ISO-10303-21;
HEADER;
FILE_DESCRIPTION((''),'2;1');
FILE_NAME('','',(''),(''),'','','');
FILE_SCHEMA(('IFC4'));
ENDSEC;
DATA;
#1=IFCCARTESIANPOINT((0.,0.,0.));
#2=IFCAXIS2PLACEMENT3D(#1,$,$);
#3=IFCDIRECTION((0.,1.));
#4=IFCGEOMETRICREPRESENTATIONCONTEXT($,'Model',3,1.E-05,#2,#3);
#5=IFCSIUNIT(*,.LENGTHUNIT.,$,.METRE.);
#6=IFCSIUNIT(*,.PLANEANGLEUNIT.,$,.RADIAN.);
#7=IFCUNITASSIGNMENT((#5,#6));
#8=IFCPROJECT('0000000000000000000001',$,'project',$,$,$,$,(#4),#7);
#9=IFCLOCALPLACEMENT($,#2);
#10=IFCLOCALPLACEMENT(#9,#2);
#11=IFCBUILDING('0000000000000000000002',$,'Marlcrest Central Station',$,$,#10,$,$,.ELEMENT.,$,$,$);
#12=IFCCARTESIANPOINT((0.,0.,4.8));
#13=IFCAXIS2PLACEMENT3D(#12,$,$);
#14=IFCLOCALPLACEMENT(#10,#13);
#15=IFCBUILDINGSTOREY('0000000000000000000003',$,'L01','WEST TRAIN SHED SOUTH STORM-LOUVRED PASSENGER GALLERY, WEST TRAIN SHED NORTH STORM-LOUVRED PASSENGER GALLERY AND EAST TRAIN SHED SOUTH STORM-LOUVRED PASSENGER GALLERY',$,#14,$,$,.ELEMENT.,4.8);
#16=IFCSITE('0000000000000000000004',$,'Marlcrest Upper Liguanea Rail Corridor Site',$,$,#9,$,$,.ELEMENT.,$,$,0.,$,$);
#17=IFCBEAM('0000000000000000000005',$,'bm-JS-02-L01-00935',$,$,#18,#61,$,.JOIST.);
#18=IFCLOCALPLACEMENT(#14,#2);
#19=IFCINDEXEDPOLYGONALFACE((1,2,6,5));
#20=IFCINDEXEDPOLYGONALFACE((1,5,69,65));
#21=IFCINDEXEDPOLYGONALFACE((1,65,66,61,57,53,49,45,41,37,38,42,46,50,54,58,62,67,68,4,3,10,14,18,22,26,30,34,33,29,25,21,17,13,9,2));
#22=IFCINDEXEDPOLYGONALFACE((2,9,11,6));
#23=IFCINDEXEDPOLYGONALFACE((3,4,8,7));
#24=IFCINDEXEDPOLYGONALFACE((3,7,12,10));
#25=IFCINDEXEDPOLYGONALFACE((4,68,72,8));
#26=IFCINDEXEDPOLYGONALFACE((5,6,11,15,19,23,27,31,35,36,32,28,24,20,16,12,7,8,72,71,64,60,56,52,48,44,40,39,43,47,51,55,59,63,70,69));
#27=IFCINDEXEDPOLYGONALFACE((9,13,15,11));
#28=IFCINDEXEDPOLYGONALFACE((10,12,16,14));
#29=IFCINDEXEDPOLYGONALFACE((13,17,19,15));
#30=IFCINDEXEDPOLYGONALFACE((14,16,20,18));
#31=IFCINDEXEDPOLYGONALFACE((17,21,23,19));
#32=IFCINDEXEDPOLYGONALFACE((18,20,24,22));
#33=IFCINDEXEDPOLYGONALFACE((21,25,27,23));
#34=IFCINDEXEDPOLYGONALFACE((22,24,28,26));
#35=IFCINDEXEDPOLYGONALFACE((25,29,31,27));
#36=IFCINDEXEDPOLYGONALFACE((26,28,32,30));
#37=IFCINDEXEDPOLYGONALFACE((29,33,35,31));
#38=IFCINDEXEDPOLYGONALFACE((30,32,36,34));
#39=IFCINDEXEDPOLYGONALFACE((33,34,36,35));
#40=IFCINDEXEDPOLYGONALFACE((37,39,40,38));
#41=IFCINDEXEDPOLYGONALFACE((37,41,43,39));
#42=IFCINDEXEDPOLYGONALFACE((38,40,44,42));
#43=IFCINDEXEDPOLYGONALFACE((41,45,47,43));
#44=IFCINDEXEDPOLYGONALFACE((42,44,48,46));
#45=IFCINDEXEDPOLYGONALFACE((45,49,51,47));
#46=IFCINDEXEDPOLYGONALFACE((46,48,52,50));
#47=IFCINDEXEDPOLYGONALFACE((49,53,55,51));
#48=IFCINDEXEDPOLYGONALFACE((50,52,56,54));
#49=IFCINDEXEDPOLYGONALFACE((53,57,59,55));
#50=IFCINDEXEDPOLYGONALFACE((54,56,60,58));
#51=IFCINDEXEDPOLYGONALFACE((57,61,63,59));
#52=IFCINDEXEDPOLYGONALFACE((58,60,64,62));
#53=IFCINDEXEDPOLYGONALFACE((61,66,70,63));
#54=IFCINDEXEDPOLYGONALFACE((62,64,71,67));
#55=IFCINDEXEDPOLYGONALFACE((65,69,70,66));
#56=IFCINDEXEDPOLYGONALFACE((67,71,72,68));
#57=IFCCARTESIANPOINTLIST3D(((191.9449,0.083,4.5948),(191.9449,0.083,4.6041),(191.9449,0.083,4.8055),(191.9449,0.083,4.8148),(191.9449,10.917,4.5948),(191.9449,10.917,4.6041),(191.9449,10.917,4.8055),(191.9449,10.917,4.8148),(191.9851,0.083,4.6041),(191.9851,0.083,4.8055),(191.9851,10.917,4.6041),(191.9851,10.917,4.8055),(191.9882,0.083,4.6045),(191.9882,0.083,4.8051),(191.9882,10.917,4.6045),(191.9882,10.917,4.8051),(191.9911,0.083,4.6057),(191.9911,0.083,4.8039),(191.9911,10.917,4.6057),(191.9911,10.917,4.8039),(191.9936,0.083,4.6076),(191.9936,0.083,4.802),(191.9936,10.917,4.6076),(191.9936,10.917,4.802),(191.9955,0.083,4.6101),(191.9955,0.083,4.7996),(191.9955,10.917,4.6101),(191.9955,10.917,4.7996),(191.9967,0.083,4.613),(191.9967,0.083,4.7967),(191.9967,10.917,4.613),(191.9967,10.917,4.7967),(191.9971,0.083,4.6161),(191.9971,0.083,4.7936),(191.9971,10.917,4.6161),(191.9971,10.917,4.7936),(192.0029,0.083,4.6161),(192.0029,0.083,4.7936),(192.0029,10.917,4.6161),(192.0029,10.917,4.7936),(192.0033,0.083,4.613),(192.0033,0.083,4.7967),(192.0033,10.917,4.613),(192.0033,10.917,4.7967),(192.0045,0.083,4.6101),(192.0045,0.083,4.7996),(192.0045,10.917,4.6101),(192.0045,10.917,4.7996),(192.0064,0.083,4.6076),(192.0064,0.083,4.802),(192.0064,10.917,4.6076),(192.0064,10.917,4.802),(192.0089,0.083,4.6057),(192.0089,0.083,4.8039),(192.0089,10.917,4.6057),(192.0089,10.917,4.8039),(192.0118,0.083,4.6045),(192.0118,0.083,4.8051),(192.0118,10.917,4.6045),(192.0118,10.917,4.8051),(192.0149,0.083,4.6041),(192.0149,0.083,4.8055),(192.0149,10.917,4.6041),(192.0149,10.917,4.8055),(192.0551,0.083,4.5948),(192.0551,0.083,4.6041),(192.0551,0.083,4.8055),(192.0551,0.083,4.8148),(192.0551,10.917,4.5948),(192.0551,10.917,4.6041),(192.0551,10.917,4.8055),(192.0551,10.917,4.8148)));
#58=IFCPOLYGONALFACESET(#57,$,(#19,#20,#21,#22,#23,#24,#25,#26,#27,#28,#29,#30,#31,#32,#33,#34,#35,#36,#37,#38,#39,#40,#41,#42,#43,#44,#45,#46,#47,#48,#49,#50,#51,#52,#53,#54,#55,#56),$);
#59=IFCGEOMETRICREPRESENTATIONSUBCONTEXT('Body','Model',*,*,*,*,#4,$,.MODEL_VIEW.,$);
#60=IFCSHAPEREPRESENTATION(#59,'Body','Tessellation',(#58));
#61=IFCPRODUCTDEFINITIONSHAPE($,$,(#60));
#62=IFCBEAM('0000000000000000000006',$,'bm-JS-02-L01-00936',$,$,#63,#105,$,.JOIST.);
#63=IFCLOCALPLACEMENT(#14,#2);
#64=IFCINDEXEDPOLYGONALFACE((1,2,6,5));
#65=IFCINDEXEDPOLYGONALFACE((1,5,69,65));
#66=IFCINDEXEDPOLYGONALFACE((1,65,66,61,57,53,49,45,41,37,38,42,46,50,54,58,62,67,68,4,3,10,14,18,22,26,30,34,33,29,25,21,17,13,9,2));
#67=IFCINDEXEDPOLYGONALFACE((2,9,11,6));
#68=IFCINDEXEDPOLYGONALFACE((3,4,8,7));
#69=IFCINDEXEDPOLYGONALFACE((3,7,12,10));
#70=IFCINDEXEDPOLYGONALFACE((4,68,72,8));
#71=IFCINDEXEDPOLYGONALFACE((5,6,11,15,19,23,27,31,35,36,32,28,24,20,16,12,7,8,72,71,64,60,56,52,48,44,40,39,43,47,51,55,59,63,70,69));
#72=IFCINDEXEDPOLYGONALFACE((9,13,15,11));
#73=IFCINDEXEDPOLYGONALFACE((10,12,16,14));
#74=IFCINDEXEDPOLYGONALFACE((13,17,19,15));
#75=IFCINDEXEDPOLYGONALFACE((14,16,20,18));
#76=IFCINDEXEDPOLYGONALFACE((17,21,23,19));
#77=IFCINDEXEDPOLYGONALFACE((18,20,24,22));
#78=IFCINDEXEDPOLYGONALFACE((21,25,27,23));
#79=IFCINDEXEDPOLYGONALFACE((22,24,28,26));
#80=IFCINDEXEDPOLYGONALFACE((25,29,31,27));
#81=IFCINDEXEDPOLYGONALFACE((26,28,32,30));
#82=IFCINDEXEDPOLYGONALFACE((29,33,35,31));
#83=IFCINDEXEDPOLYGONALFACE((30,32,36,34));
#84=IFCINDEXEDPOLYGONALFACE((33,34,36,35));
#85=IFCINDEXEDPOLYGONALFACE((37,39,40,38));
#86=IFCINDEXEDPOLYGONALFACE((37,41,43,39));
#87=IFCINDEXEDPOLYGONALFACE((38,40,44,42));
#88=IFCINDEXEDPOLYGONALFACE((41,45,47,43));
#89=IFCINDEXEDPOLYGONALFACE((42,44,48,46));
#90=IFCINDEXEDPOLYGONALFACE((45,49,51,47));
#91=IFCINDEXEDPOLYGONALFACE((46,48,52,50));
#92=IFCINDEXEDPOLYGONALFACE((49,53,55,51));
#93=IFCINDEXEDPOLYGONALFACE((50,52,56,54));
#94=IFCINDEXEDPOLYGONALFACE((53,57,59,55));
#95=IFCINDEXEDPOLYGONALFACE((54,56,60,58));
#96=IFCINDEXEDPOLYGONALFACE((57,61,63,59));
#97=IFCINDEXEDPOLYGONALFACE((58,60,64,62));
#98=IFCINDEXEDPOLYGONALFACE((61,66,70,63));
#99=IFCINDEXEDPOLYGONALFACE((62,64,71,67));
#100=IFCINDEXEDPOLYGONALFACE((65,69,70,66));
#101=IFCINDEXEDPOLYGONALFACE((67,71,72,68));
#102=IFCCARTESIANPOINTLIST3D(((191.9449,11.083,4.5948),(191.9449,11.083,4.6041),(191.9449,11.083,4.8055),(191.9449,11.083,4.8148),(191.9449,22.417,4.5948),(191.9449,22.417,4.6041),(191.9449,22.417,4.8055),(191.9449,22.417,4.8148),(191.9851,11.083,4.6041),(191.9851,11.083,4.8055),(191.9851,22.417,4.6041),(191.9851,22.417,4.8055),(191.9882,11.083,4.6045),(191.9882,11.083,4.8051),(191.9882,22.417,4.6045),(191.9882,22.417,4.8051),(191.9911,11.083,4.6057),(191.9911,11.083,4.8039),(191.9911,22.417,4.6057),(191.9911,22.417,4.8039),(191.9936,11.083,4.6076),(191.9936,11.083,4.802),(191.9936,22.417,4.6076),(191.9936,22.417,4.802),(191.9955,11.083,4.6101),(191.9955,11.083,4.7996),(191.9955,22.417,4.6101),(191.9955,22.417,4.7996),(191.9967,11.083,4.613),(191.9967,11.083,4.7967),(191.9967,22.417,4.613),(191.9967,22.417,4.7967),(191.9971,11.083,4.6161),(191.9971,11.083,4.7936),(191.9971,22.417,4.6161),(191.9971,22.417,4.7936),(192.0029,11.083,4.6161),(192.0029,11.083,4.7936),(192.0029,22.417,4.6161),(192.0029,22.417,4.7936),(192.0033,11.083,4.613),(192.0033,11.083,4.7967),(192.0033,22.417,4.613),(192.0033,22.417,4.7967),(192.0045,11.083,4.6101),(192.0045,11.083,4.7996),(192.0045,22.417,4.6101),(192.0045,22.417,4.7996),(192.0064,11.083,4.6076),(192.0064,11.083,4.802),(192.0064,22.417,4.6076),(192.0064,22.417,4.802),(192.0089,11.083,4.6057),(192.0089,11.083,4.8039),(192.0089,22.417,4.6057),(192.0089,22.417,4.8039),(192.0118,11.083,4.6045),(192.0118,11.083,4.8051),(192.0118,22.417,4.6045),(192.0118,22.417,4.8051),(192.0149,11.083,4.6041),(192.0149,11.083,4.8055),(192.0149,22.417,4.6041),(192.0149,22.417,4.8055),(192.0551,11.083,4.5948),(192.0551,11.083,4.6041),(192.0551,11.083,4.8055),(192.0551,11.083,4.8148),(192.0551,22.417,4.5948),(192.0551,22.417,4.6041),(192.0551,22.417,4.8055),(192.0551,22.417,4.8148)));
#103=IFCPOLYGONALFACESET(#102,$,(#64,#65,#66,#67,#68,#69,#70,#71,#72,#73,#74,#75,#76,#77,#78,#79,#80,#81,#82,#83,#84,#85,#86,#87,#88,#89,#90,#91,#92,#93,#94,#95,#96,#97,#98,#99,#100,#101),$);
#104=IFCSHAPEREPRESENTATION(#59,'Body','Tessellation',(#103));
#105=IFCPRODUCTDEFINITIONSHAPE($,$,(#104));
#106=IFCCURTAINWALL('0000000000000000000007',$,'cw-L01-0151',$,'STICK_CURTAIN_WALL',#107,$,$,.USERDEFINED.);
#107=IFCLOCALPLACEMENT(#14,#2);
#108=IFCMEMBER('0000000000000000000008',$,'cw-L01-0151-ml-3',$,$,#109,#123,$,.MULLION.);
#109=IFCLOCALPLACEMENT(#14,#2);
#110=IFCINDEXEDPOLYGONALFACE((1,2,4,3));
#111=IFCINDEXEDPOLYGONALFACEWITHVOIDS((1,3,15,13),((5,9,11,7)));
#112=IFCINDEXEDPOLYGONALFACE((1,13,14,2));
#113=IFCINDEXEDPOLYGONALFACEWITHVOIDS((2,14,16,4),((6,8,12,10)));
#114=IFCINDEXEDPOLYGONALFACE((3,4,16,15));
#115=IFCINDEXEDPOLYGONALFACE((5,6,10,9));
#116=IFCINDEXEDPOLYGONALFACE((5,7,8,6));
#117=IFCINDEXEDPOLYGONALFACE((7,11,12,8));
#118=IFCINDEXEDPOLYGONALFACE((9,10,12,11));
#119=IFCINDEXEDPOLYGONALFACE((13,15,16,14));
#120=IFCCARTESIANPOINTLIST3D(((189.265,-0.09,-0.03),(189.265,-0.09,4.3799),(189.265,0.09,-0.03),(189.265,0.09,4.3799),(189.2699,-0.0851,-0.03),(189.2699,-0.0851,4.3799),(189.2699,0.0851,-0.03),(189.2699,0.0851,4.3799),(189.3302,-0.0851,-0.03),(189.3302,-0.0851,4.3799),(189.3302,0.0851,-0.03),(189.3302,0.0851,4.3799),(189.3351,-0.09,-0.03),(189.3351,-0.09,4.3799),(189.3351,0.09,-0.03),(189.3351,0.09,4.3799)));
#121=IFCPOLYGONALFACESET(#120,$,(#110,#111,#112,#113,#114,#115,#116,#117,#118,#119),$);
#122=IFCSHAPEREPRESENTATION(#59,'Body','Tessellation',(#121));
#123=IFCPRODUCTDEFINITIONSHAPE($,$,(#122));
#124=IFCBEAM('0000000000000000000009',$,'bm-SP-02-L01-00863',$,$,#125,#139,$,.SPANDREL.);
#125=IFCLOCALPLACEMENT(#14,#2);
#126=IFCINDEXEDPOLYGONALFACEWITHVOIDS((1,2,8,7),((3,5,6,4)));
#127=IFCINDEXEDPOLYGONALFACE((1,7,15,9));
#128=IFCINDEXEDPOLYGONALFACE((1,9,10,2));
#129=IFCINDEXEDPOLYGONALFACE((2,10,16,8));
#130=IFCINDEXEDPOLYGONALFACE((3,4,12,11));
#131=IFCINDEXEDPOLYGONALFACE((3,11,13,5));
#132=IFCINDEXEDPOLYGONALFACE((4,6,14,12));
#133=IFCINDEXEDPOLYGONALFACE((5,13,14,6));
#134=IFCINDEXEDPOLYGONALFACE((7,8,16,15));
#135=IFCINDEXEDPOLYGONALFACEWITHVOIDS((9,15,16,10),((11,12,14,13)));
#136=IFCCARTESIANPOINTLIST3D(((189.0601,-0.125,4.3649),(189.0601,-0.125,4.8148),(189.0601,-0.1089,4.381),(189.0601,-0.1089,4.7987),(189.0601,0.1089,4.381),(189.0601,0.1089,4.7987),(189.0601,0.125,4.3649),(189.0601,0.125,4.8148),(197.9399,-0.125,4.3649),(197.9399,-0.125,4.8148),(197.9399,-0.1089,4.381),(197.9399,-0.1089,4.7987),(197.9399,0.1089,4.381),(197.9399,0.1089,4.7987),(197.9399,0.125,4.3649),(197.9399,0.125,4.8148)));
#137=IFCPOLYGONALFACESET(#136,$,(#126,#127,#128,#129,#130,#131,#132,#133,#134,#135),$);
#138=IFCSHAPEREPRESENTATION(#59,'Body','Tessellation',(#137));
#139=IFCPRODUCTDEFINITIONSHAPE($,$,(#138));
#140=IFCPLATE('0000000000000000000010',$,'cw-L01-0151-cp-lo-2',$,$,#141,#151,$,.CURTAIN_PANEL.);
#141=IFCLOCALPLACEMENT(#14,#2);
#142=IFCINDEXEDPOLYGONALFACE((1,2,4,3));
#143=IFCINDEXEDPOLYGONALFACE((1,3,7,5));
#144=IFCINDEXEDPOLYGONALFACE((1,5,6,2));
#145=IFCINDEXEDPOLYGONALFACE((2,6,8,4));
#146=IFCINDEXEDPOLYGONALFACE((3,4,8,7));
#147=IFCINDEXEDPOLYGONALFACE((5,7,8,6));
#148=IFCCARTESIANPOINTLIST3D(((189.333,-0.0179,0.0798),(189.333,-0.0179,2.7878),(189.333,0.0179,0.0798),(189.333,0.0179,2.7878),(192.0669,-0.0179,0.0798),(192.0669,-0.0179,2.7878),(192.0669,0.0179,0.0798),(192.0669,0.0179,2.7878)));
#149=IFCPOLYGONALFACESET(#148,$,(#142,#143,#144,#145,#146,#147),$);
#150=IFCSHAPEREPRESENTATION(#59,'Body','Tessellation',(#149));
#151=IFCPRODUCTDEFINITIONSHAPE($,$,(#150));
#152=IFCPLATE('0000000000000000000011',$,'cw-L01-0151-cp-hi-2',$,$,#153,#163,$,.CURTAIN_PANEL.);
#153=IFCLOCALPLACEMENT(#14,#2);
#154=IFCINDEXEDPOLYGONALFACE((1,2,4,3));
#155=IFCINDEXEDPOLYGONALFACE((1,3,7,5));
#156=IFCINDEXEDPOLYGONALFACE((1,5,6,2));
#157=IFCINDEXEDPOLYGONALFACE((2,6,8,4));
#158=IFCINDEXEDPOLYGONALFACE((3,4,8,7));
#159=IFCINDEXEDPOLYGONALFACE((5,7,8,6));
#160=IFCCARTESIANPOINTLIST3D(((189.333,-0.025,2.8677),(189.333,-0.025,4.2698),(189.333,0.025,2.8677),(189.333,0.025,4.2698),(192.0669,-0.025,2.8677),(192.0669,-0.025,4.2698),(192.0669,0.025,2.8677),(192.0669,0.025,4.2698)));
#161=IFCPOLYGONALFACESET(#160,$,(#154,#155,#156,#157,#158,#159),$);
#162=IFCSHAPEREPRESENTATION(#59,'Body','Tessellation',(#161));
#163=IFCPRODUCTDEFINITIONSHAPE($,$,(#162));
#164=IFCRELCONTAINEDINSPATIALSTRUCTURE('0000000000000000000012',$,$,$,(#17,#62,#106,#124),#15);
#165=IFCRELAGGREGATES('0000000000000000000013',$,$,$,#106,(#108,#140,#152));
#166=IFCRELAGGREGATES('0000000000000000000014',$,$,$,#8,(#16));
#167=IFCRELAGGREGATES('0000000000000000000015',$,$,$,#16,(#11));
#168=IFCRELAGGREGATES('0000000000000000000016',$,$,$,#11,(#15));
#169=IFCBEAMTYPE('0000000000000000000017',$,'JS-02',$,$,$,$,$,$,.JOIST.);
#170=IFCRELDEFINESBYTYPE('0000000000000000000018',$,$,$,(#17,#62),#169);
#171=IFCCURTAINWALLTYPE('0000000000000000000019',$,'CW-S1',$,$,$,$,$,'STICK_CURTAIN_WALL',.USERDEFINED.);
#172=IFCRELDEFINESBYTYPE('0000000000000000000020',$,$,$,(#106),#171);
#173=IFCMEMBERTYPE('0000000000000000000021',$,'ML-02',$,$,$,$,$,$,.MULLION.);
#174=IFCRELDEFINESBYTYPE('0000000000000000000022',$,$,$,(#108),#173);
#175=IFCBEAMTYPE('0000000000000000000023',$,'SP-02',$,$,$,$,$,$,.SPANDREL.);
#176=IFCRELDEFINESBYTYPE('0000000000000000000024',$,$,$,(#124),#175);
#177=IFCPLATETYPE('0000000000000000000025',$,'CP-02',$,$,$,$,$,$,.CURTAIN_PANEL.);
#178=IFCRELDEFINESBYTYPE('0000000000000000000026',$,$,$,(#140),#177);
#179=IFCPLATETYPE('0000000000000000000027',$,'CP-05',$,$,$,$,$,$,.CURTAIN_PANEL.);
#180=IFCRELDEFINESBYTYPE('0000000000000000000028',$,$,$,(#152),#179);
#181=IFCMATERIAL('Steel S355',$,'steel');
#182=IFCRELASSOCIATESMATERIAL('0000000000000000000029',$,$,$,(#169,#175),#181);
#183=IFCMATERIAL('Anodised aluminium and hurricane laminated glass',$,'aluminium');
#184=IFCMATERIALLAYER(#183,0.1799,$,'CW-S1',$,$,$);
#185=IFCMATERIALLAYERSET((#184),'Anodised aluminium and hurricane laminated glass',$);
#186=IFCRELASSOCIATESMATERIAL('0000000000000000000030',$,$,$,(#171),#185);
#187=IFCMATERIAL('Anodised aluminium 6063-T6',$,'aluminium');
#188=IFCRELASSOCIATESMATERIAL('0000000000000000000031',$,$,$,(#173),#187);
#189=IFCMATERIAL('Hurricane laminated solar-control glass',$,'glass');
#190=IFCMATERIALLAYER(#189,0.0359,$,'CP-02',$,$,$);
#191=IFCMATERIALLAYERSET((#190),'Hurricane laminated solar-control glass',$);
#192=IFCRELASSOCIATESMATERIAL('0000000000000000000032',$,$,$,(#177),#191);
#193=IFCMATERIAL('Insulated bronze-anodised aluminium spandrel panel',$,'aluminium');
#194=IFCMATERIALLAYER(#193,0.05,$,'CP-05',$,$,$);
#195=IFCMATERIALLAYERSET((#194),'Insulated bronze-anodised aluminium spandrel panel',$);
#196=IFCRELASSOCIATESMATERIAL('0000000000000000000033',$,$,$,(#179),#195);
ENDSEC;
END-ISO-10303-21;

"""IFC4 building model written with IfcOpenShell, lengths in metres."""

from ifc_helpers import new_model, si_unit, direction, frame, origin, origin_2d, place, context, subcontext, project, spatial, rectangle, hollow_rectangle, i_section, extrude, material, layer, layer_set, material_profile, profile_set, type_object, element, aggregate, save


model = new_model("IFC4")

# Units and contexts
model_context = context("Model", 3, precision=1e-05, world=origin(), true_north=direction((0.0, 1.0)))
body_context = subcontext(model_context, "Body", "Model", "MODEL_VIEW")
ifc_project = project(units=[si_unit("LENGTHUNIT", "METRE"), si_unit("PLANEANGLEUNIT", "RADIAN")], contexts=[model_context])

# Site, building, storey
site_placement = place(None, origin())
site = spatial("IfcSite", under=ifc_project, at=site_placement, Name="Marlcrest Upper Liguanea Rail Corridor Site", CompositionType="ELEMENT", RefElevation=0.0)
building_placement = place(site_placement, origin())
building = spatial("IfcBuilding", under=site, at=building_placement, Name="Marlcrest Central Station", CompositionType="ELEMENT")
storey_placement = place(building_placement, frame((0.0, 0.0, 4.8)))
storey = spatial("IfcBuildingStorey", under=building, at=storey_placement, Name="L01", Description="WEST TRAIN SHED SOUTH STORM-LOUVRED PASSENGER GALLERY, WEST TRAIN SHED NORTH STORM-LOUVRED PASSENGER GALLERY AND EAST TRAIN SHED SOUTH STORM-LOUVRED PASSENGER GALLERY", CompositionType="ELEMENT", Elevation=4.8)

# Beams
ifc_material_1 = material(Name="Steel S355", Category="steel")
ifc_material_profile_1 = material_profile(ifc_material_1, i_section(OverallWidth=0.1101, OverallDepth=0.22, WebThickness=0.0059, FlangeThickness=0.0093, FilletRadius=0.012, at=origin_2d()), Name="IPE 220")
ifc_profile_set_1 = profile_set([ifc_material_profile_1], Name="Steel S355")
beam_type_1 = type_object("IfcBeamType", Name="JS-02", PredefinedType="JOIST", material=ifc_profile_set_1)
beam_1_placement = place(storey_placement, frame((192.0, 0.083, 4.7048), z_axis=(0.0, 1.0, 0.0), x_axis=(-1.0, 0.0, 0.0)))
element("IfcBeam", 1, at=beam_1_placement, inside=storey, type_object=beam_type_1, Name="bm-JS-02-L01-00935", PredefinedType="JOIST", context=body_context, shape_type="SweptSolid", body=[
    extrude(i_section(OverallWidth=0.1101, OverallDepth=0.22, WebThickness=0.0059, FlangeThickness=0.0093, FilletRadius=0.012, at=origin_2d()), origin(), (0.0, 0.0, 1.0), 10.834),
])
beam_2_placement = place(storey_placement, frame((192.0, 11.083, 4.7048), z_axis=(0.0, 1.0, 0.0), x_axis=(-1.0, 0.0, 0.0)))
element("IfcBeam", 2, at=beam_2_placement, inside=storey, type_object=beam_type_1, Name="bm-JS-02-L01-00936", PredefinedType="JOIST", context=body_context, shape_type="SweptSolid", body=[
    extrude(i_section(OverallWidth=0.1101, OverallDepth=0.22, WebThickness=0.0059, FlangeThickness=0.0093, FilletRadius=0.012, at=origin_2d()), origin(), (0.0, 0.0, 1.0), 11.334),
])

# Curtain wall, member
ifc_material_2 = material(Name="Anodised aluminium and hurricane laminated glass", Category="aluminium")
ifc_layer_1 = layer(ifc_material_2, 0.1799, Name="CW-S1")
ifc_layer_set_1 = layer_set([ifc_layer_1], Name="Anodised aluminium and hurricane laminated glass")
curtain_wall_type = type_object("IfcCurtainWallType", Name="CW-S1", ElementType="STICK_CURTAIN_WALL", PredefinedType="USERDEFINED", material=ifc_layer_set_1)
curtain_wall_placement = place(storey_placement, origin())
curtain_wall = element("IfcCurtainWall", 3, at=curtain_wall_placement, inside=storey, type_object=curtain_wall_type, Name="cw-L01-0151", ObjectType="STICK_CURTAIN_WALL", PredefinedType="USERDEFINED")
ifc_material_3 = material(Name="Anodised aluminium 6063-T6", Category="aluminium")
ifc_material_profile_2 = material_profile(ifc_material_3, hollow_rectangle(XDim=0.0701, YDim=0.1799, WallThickness=0.0049, at=origin_2d()), Name="AA-RHS 180x70x5")
ifc_profile_set_2 = profile_set([ifc_material_profile_2], Name="Anodised aluminium 6063-T6")
member_type = type_object("IfcMemberType", Name="ML-02", PredefinedType="MULLION", material=ifc_profile_set_2)
member_placement = place(storey_placement, frame((189.3, 0.0, -0.03), z_axis=(0.0, 0.0, 1.0), x_axis=(1.0, 0.0, 0.0)))
member = element("IfcMember", 4, at=member_placement, type_object=member_type, Name="cw-L01-0151-ml-3", PredefinedType="MULLION", context=body_context, shape_type="SweptSolid", body=[
    extrude(hollow_rectangle(XDim=0.0701, YDim=0.1799, WallThickness=0.0049, at=origin_2d()), origin(), (0.0, 0.0, 1.0), 4.4099),
])

# Beam
ifc_material_profile_3 = material_profile(ifc_material_1, hollow_rectangle(XDim=0.25, YDim=0.45, WallThickness=0.0161, at=origin_2d()), Name="RHS 450x250x16")
ifc_profile_set_3 = profile_set([ifc_material_profile_3], Name="Steel S355")
beam_type_2 = type_object("IfcBeamType", Name="SP-02", PredefinedType="SPANDREL", material=ifc_profile_set_3)
beam_3_placement = place(storey_placement, frame((189.0601, 0.0, 4.5898), z_axis=(1.0, 0.0, 0.0), x_axis=(0.0, 1.0, 0.0)))
element("IfcBeam", 5, at=beam_3_placement, inside=storey, type_object=beam_type_2, Name="bm-SP-02-L01-00863", PredefinedType="SPANDREL", context=body_context, shape_type="SweptSolid", body=[
    extrude(hollow_rectangle(XDim=0.25, YDim=0.45, WallThickness=0.0161, at=origin_2d()), origin(), (0.0, 0.0, 1.0), 8.8799),
])

# Plates
ifc_material_4 = material(Name="Hurricane laminated solar-control glass", Category="glass")
ifc_layer_2 = layer(ifc_material_4, 0.0359, Name="CP-02")
ifc_layer_set_2 = layer_set([ifc_layer_2], Name="Hurricane laminated solar-control glass")
plate_type_1 = type_object("IfcPlateType", Name="CP-02", PredefinedType="CURTAIN_PANEL", material=ifc_layer_set_2)
plate_1_placement = place(storey_placement, frame((190.7, 0.0, 0.0798), z_axis=(0.0, 0.0, 1.0), x_axis=(-1.0, 0.0, 0.0)))
plate_1 = element("IfcPlate", 6, at=plate_1_placement, type_object=plate_type_1, Name="cw-L01-0151-cp-lo-2", PredefinedType="CURTAIN_PANEL", context=body_context, shape_type="SweptSolid", body=[
    extrude(rectangle(XDim=2.7339, YDim=0.0359, at=origin_2d()), origin(), (0.0, 0.0, 1.0), 2.708),
])
ifc_material_5 = material(Name="Insulated bronze-anodised aluminium spandrel panel", Category="aluminium")
ifc_layer_3 = layer(ifc_material_5, 0.05, Name="CP-05")
ifc_layer_set_3 = layer_set([ifc_layer_3], Name="Insulated bronze-anodised aluminium spandrel panel")
plate_type_2 = type_object("IfcPlateType", Name="CP-05", PredefinedType="CURTAIN_PANEL", material=ifc_layer_set_3)
plate_2_placement = place(storey_placement, frame((190.7, 0.0, 2.8677), z_axis=(0.0, 0.0, 1.0), x_axis=(-1.0, 0.0, 0.0)))
plate_2 = element("IfcPlate", 7, at=plate_2_placement, type_object=plate_type_2, Name="cw-L01-0151-cp-hi-2", PredefinedType="CURTAIN_PANEL", context=body_context, shape_type="SweptSolid", body=[
    extrude(rectangle(XDim=2.7339, YDim=0.05, at=origin_2d()), origin(), (0.0, 0.0, 1.0), 1.4021),
])
aggregate(curtain_wall, [member, plate_1, plate_2])

save(model, "model.ifc")
